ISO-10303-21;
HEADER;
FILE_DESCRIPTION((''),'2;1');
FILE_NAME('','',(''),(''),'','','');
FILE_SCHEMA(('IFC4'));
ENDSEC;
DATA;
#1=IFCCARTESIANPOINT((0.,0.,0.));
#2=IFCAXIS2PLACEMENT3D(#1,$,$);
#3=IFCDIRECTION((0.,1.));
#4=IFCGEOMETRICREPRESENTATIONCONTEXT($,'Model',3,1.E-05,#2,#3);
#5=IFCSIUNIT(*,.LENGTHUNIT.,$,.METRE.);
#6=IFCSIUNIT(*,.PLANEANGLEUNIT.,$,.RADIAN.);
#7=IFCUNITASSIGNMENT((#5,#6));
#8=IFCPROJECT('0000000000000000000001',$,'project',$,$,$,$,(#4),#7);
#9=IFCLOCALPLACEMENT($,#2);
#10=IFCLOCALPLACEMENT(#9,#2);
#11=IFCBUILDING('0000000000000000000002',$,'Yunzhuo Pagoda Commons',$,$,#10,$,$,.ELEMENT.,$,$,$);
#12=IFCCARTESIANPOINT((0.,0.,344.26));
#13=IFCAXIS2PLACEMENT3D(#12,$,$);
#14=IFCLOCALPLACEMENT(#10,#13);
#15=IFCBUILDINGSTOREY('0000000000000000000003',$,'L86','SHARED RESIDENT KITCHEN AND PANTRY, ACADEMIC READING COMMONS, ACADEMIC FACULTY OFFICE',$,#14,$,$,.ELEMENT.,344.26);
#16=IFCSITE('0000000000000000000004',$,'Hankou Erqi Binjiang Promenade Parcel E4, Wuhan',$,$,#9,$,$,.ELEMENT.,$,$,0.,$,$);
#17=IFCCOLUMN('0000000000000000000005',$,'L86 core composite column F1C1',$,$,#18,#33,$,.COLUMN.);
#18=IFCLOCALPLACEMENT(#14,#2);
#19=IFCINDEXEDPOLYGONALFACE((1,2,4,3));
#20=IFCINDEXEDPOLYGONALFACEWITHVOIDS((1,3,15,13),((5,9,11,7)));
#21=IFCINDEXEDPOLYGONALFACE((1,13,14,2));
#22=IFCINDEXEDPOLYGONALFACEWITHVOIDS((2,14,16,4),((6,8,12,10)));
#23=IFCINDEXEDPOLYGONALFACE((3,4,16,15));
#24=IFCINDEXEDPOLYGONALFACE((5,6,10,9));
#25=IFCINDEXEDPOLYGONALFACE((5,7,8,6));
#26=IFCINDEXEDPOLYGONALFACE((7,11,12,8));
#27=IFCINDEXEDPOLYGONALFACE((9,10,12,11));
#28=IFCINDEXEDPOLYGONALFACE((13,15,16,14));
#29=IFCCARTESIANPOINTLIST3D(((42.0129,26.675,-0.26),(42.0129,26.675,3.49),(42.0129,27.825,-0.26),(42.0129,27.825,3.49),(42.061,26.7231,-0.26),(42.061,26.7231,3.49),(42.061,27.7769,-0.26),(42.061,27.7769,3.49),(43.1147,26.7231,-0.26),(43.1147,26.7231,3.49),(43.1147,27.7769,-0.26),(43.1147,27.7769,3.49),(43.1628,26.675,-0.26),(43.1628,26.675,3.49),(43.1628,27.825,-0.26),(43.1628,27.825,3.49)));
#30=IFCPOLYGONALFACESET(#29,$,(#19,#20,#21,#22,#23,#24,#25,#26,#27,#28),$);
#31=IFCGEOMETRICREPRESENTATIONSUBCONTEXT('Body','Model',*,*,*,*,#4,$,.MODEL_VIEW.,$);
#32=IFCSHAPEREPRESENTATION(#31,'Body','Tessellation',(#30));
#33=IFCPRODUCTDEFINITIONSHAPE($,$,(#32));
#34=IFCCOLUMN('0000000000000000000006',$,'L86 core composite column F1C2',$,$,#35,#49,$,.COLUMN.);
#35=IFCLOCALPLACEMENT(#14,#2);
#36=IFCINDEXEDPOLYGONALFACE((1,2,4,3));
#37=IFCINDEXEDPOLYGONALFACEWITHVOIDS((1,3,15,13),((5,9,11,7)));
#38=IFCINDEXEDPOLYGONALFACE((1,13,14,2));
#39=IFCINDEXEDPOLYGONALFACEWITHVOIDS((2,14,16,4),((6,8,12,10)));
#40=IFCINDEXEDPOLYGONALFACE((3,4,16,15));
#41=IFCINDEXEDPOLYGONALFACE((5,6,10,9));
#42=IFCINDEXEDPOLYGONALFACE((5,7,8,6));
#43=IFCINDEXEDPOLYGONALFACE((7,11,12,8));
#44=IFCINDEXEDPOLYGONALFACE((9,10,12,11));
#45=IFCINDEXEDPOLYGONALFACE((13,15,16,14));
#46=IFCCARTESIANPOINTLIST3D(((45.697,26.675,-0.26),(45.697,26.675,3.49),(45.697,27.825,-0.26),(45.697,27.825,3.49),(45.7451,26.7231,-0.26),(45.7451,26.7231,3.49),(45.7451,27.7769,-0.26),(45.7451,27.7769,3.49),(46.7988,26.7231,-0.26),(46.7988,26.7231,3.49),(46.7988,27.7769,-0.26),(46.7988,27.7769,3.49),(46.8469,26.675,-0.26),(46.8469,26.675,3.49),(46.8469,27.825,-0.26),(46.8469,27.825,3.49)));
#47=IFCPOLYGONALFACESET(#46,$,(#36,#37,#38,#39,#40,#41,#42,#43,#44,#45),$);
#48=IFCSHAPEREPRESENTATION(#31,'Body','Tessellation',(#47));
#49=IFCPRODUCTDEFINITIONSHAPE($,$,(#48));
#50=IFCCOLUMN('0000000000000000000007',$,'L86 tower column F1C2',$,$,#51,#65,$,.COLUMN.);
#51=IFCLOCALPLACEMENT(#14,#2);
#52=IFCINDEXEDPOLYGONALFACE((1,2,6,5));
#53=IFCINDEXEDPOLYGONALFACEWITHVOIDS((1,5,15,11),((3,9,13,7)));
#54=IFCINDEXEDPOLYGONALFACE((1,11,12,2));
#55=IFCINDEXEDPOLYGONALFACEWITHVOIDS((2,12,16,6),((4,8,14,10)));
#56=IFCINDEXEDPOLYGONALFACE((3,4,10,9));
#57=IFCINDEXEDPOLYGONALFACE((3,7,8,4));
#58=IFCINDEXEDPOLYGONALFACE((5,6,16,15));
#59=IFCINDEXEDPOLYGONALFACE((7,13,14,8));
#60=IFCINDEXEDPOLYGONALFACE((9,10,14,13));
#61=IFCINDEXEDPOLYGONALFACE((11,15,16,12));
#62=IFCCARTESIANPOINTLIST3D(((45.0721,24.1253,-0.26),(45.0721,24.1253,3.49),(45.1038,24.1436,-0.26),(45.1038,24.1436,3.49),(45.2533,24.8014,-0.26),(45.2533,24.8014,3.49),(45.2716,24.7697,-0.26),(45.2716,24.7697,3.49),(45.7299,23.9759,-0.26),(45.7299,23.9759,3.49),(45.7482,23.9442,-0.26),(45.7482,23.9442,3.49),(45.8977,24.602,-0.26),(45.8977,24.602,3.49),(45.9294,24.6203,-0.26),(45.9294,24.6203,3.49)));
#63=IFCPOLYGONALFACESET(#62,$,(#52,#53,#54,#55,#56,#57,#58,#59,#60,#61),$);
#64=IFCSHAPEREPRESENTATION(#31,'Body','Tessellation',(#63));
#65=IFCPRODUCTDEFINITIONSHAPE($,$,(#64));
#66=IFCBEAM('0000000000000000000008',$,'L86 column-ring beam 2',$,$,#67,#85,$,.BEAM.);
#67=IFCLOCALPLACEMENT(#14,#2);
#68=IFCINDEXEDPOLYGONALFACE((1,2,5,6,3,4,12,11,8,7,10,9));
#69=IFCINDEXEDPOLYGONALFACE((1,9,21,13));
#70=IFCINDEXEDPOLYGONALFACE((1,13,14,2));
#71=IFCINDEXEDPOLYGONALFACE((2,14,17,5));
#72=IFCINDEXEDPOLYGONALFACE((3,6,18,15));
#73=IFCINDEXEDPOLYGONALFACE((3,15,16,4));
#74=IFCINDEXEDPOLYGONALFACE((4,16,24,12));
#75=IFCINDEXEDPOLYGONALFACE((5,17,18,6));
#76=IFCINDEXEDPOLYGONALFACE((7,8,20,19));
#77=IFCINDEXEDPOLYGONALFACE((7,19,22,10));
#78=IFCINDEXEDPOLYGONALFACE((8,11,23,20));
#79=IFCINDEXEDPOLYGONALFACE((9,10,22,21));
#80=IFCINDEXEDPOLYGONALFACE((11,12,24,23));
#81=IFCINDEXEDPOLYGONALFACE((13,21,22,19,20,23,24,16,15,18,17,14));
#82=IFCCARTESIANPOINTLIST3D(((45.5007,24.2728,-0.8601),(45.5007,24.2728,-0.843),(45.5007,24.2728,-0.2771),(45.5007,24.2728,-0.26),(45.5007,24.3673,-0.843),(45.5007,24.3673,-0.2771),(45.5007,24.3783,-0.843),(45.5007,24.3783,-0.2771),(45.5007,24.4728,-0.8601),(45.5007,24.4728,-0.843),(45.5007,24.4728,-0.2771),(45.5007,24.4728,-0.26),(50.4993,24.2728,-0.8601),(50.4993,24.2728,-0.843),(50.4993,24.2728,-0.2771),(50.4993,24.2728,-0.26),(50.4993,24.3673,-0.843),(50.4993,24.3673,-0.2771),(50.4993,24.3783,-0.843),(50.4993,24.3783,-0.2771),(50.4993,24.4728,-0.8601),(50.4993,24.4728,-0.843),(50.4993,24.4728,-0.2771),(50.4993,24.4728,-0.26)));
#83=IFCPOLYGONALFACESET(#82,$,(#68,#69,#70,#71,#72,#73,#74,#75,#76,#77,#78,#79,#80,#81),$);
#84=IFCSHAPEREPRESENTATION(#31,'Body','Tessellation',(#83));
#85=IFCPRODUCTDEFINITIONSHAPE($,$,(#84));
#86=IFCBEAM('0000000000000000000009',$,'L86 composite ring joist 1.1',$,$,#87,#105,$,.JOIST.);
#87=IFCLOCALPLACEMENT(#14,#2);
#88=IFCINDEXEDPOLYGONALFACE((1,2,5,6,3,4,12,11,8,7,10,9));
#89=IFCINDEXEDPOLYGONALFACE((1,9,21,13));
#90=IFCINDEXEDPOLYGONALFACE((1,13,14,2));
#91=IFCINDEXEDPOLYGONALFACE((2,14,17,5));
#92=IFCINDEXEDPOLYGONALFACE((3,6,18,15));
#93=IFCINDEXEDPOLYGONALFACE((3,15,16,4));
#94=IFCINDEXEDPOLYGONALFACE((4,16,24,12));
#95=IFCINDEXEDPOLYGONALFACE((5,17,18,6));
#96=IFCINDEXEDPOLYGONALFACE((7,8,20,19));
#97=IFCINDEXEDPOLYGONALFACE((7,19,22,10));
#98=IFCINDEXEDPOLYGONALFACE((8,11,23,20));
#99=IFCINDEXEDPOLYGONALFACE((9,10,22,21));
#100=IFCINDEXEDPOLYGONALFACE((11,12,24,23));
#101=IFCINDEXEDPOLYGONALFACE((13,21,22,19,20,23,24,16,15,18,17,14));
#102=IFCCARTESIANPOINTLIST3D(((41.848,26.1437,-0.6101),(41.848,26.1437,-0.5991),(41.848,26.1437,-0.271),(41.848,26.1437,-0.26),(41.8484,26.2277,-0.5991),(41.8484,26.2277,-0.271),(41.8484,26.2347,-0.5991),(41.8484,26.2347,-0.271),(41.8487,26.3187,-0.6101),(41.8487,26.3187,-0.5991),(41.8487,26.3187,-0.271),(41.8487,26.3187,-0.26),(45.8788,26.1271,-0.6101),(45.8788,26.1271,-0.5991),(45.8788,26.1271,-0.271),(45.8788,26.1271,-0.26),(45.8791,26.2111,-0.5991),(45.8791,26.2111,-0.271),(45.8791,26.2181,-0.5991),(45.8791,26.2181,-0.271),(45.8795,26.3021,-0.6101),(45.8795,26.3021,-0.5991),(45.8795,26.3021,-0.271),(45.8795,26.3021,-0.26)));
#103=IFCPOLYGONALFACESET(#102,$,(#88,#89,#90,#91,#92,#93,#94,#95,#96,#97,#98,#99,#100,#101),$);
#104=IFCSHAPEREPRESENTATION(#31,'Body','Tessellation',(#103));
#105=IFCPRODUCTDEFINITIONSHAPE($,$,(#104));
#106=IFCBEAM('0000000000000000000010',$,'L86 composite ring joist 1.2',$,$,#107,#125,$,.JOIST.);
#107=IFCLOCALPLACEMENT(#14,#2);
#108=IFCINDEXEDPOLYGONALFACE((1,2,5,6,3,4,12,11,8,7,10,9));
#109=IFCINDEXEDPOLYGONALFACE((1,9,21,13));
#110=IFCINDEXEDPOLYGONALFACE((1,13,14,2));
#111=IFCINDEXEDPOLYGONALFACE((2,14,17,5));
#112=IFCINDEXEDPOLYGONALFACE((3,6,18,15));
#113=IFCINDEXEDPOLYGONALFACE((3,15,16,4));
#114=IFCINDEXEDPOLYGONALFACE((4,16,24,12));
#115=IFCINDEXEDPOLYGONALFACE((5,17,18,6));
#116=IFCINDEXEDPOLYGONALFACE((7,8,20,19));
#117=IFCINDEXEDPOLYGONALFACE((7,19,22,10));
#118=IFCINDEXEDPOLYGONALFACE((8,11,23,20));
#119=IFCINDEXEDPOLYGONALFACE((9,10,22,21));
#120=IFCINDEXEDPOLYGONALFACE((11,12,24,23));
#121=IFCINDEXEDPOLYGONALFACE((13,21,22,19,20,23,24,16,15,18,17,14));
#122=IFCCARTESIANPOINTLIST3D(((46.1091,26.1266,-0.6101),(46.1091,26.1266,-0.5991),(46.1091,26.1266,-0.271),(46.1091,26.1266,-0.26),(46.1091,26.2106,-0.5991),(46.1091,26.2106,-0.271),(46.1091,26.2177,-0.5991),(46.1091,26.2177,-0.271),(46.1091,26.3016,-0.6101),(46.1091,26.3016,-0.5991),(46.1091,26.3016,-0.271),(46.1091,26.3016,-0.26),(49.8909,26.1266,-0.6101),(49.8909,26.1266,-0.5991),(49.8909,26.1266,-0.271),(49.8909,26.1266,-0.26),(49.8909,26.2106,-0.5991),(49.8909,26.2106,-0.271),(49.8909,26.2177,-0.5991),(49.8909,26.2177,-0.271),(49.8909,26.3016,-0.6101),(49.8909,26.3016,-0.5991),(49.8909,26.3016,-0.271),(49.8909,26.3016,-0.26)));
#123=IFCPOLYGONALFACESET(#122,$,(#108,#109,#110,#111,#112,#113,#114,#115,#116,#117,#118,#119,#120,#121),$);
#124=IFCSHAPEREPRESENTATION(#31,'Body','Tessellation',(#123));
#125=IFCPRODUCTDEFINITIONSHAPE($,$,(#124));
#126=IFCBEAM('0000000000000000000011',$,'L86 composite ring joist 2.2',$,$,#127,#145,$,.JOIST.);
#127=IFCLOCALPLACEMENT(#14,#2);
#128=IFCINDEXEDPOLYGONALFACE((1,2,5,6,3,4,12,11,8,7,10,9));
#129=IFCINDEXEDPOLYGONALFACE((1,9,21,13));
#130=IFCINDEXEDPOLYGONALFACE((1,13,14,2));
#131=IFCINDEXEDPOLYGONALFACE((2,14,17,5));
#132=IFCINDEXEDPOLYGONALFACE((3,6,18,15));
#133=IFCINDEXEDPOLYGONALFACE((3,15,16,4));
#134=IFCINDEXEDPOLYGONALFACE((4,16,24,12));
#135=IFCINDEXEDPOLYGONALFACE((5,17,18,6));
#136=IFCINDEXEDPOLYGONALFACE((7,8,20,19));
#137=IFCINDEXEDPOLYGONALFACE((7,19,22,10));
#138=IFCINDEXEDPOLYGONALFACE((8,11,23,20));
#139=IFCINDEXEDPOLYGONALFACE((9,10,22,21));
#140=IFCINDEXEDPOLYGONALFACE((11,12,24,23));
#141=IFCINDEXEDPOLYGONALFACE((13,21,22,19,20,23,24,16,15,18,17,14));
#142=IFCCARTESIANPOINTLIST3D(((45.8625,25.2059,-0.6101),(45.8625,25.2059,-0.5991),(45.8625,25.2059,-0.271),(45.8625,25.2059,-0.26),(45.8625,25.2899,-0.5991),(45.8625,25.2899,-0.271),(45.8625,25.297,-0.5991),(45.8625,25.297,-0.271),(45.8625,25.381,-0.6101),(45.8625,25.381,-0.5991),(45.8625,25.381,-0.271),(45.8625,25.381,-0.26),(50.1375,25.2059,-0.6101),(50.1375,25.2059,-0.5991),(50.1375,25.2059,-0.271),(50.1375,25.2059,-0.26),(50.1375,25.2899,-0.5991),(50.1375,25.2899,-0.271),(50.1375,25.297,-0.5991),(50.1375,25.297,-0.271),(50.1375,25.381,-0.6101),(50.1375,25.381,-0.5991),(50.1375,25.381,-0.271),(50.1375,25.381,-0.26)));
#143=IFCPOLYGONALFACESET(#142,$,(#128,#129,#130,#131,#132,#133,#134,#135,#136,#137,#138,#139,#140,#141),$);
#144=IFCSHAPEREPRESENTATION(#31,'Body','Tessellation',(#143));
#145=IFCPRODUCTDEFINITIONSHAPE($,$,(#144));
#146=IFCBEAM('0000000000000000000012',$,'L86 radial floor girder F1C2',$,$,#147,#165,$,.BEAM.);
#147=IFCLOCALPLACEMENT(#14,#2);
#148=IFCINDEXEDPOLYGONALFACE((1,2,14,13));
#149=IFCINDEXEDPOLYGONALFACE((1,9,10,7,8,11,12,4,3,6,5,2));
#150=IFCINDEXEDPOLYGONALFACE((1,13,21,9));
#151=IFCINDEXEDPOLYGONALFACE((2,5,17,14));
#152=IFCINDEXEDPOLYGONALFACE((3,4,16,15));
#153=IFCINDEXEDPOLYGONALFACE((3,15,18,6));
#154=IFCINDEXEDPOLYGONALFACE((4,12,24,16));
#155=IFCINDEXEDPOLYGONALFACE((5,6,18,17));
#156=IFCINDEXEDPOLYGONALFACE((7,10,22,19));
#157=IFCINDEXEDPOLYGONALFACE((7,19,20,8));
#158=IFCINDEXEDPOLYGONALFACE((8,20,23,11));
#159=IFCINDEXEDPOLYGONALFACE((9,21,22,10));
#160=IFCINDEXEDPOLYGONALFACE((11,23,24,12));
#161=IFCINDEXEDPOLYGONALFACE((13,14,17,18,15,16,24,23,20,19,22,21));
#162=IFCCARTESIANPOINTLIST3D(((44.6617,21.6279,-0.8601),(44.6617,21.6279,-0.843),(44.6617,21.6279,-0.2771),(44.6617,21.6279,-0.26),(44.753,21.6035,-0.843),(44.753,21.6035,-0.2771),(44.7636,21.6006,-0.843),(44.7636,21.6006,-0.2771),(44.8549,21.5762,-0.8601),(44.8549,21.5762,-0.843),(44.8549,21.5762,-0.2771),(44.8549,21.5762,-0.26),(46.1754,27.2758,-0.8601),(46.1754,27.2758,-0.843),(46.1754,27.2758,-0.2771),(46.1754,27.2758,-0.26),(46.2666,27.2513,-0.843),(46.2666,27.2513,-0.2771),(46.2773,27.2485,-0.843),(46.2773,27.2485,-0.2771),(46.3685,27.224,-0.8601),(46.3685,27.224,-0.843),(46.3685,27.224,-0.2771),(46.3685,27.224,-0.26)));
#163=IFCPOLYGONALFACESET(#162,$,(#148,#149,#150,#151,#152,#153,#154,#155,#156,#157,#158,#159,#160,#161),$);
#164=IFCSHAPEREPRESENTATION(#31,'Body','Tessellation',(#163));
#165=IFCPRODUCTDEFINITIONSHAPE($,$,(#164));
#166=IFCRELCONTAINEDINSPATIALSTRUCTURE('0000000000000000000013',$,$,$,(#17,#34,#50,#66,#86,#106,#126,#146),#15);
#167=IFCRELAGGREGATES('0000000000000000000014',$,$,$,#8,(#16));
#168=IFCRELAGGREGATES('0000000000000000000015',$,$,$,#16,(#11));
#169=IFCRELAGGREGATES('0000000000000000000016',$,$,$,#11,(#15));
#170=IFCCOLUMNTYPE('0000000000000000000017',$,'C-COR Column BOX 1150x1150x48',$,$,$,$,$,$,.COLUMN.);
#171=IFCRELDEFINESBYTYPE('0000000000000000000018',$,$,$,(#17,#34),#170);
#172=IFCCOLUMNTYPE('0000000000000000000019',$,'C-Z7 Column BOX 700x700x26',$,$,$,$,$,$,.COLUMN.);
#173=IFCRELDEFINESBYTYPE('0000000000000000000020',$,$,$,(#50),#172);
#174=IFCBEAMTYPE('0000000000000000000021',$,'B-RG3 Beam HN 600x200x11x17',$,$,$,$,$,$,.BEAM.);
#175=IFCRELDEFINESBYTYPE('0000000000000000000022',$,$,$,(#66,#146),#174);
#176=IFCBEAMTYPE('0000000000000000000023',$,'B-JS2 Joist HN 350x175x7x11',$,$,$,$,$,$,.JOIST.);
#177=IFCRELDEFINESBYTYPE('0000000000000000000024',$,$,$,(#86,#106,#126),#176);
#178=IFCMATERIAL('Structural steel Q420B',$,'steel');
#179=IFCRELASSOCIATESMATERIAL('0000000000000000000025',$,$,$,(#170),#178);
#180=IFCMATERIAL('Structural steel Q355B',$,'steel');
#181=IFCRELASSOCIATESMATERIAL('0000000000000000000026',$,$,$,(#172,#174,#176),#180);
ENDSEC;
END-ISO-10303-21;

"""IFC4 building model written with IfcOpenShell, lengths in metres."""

from ifc_helpers import new_model, si_unit, direction, frame, origin, origin_2d, place, context, subcontext, project, spatial, hollow_rectangle, i_section, extrude, source, transform, mapped, material, material_profile, profile_set, type_object, element, save


model = new_model("IFC4")

# Units and contexts
model_context = context("Model", 3, precision=1e-05, world=origin(), true_north=direction((0.0, 1.0)))
body_context = subcontext(model_context, "Body", "Model", "MODEL_VIEW")
ifc_project = project(units=[si_unit("LENGTHUNIT", "METRE"), si_unit("PLANEANGLEUNIT", "RADIAN")], contexts=[model_context])

# Site, building, storey
site_placement = place(None, origin())
site = spatial("IfcSite", under=ifc_project, at=site_placement, Name="Hankou Erqi Binjiang Promenade Parcel E4, Wuhan", CompositionType="ELEMENT", RefElevation=0.0)
building_placement = place(site_placement, origin())
building = spatial("IfcBuilding", under=site, at=building_placement, Name="Yunzhuo Pagoda Commons", CompositionType="ELEMENT")
storey_placement = place(building_placement, frame((0.0, 0.0, 344.26)))
storey = spatial("IfcBuildingStorey", under=building, at=storey_placement, Name="L86", Description="SHARED RESIDENT KITCHEN AND PANTRY, ACADEMIC READING COMMONS, ACADEMIC FACULTY OFFICE", CompositionType="ELEMENT", Elevation=344.26)

# Columns
ifc_material_1 = material(Name="Structural steel Q420B", Category="steel")
ifc_material_profile_1 = material_profile(ifc_material_1, hollow_rectangle(XDim=1.1499, YDim=1.1499, WallThickness=0.0481, at=origin_2d()), Name="Structural steel Q420B")
ifc_profile_set_1 = profile_set([ifc_material_profile_1], Name="Structural steel Q420B")
column_type_1 = type_object("IfcColumnType", Name="C-COR Column BOX 1150x1150x48", PredefinedType="COLUMN", material=ifc_profile_set_1)
shared_shape_1 = source(origin(), body_context, "Body", "SweptSolid", [
    extrude(hollow_rectangle(XDim=1.1499, YDim=1.1499, WallThickness=0.0481, at=origin_2d()), origin(), (0.0, 0.0, 1.0), 3.75),
])
for number, where, z_axis, x_axis, name in (
    (1, (42.5879, 27.25, -0.26), (0.0, 0.0, 1.0), (1.0, 0.0, 0.0), "L86 core composite column F1C1"),
    (2, (46.272, 27.25, -0.26), (0.0, 0.0, 1.0), (1.0, 0.0, 0.0), "L86 core composite column F1C2"),
):
    element("IfcColumn", number, at=place(storey_placement, frame(where, z_axis=z_axis, x_axis=x_axis)), inside=storey, type_object=column_type_1, Name=name, PredefinedType="COLUMN", context=body_context, shape_type="MappedRepresentation", body=[
        mapped(shared_shape_1, transform((0.0, 0.0, 0.0), scale=1.0)),
    ])
ifc_material_2 = material(Name="Structural steel Q355B", Category="steel")
ifc_material_profile_2 = material_profile(ifc_material_2, hollow_rectangle(XDim=0.7, YDim=0.7, WallThickness=0.0259, at=origin_2d()), Name="Structural steel Q355B")
ifc_profile_set_2 = profile_set([ifc_material_profile_2], Name="Structural steel Q355B")
column_type_2 = type_object("IfcColumnType", Name="C-Z7 Column BOX 700x700x26", PredefinedType="COLUMN", material=ifc_profile_set_2)
shared_shape_2 = source(origin(), body_context, "Body", "SweptSolid", [
    extrude(hollow_rectangle(XDim=0.7, YDim=0.7, WallThickness=0.0259, at=origin_2d()), origin(), (0.0, 0.0, 1.0), 3.75),
])
column_placement = place(storey_placement, frame((45.5007, 24.3728, -0.26), z_axis=(0.0, 0.0, 1.0), x_axis=(0.965926, -0.258819, 0.0)))
element("IfcColumn", 3, at=column_placement, inside=storey, type_object=column_type_2, Name="L86 tower column F1C2", PredefinedType="COLUMN", context=body_context, shape_type="MappedRepresentation", body=[
    mapped(shared_shape_2, transform((0.0, 0.0, 0.0), scale=1.0)),
])

# Beams
ifc_material_profile_3 = material_profile(ifc_material_2, i_section(OverallWidth=0.2, OverallDepth=0.6001, WebThickness=0.011, FlangeThickness=0.0171, at=origin_2d()), Name="Structural steel Q355B")
ifc_profile_set_3 = profile_set([ifc_material_profile_3], Name="Structural steel Q355B")
beam_type_1 = type_object("IfcBeamType", Name="B-RG3 Beam HN 600x200x11x17", PredefinedType="BEAM", material=ifc_profile_set_3)
shared_shape_3 = source(origin(), body_context, "Body", "SweptSolid", [
    extrude(i_section(OverallWidth=0.2, OverallDepth=0.6001, WebThickness=0.011, FlangeThickness=0.0171, at=origin_2d()), origin(), (0.0, 0.0, 1.0), 4.9985),
])
beam_1_placement = place(storey_placement, frame((45.5007, 24.3728, -0.5601), z_axis=(1.0, 0.0, 0.0), x_axis=(0.0, 1.0, 0.0)))
element("IfcBeam", 4, at=beam_1_placement, inside=storey, type_object=beam_type_1, Name="L86 column-ring beam 2", PredefinedType="BEAM", context=body_context, shape_type="MappedRepresentation", body=[
    mapped(shared_shape_3, transform((0.0, 0.0, 0.0), scale=1.0)),
])
ifc_material_profile_4 = material_profile(ifc_material_2, i_section(OverallWidth=0.175, OverallDepth=0.3501, WebThickness=0.0071, FlangeThickness=0.011, at=origin_2d()), Name="Structural steel Q355B")
ifc_profile_set_4 = profile_set([ifc_material_profile_4], Name="Structural steel Q355B")
beam_type_2 = type_object("IfcBeamType", Name="B-JS2 Joist HN 350x175x7x11", PredefinedType="JOIST", material=ifc_profile_set_4)
shared_shape_4 = source(origin(), body_context, "Body", "SweptSolid", [
    extrude(i_section(OverallWidth=0.175, OverallDepth=0.3501, WebThickness=0.0071, FlangeThickness=0.011, at=origin_2d()), origin(), (0.0, 0.0, 1.0), 4.0308),
])
beam_2_placement = place(storey_placement, frame((41.8484, 26.2312, -0.4351), z_axis=(0.999992, -0.004119, 0.0), x_axis=(0.004119, 0.999992, 0.0)))
element("IfcBeam", 5, at=beam_2_placement, inside=storey, type_object=beam_type_2, Name="L86 composite ring joist 1.1", PredefinedType="JOIST", context=body_context, shape_type="MappedRepresentation", body=[
    mapped(shared_shape_4, transform((0.0, 0.0, 0.0), scale=1.0)),
])
shared_shape_5 = source(origin(), body_context, "Body", "SweptSolid", [
    extrude(i_section(OverallWidth=0.175, OverallDepth=0.3501, WebThickness=0.0071, FlangeThickness=0.011, at=origin_2d()), origin(), (0.0, 0.0, 1.0), 3.7817),
])
beam_3_placement = place(storey_placement, frame((46.1091, 26.2141, -0.4351), z_axis=(1.0, 0.0, 0.0), x_axis=(0.0, 1.0, 0.0)))
element("IfcBeam", 6, at=beam_3_placement, inside=storey, type_object=beam_type_2, Name="L86 composite ring joist 1.2", PredefinedType="JOIST", context=body_context, shape_type="MappedRepresentation", body=[
    mapped(shared_shape_5, transform((0.0, 0.0, 0.0), scale=1.0)),
])
shared_shape_6 = source(origin(), body_context, "Body", "SweptSolid", [
    extrude(i_section(OverallWidth=0.175, OverallDepth=0.3501, WebThickness=0.0071, FlangeThickness=0.011, at=origin_2d()), origin(), (0.0, 0.0, 1.0), 4.2749),
])
beam_4_placement = place(storey_placement, frame((45.8625, 25.2935, -0.4351), z_axis=(1.0, 0.0, 0.0), x_axis=(0.0, 1.0, 0.0)))
element("IfcBeam", 7, at=beam_4_placement, inside=storey, type_object=beam_type_2, Name="L86 composite ring joist 2.2", PredefinedType="JOIST", context=body_context, shape_type="MappedRepresentation", body=[
    mapped(shared_shape_6, transform((0.0, 0.0, 0.0), scale=1.0)),
])
shared_shape_7 = source(origin(), body_context, "Body", "SweptSolid", [
    extrude(i_section(OverallWidth=0.2, OverallDepth=0.6001, WebThickness=0.011, FlangeThickness=0.0171, at=origin_2d()), origin(), (0.0, 0.0, 1.0), 5.8472),
])
beam_5_placement = place(storey_placement, frame((44.7583, 21.6021, -0.5601), z_axis=(0.258868, 0.965913, 0.0), x_axis=(-0.965913, 0.258868, 0.0)))
element("IfcBeam", 8, at=beam_5_placement, inside=storey, type_object=beam_type_1, Name="L86 radial floor girder F1C2", PredefinedType="BEAM", context=body_context, shape_type="MappedRepresentation", body=[
    mapped(shared_shape_7, transform((0.0, 0.0, 0.0), scale=1.0)),
])

save(model, "model.ifc")
